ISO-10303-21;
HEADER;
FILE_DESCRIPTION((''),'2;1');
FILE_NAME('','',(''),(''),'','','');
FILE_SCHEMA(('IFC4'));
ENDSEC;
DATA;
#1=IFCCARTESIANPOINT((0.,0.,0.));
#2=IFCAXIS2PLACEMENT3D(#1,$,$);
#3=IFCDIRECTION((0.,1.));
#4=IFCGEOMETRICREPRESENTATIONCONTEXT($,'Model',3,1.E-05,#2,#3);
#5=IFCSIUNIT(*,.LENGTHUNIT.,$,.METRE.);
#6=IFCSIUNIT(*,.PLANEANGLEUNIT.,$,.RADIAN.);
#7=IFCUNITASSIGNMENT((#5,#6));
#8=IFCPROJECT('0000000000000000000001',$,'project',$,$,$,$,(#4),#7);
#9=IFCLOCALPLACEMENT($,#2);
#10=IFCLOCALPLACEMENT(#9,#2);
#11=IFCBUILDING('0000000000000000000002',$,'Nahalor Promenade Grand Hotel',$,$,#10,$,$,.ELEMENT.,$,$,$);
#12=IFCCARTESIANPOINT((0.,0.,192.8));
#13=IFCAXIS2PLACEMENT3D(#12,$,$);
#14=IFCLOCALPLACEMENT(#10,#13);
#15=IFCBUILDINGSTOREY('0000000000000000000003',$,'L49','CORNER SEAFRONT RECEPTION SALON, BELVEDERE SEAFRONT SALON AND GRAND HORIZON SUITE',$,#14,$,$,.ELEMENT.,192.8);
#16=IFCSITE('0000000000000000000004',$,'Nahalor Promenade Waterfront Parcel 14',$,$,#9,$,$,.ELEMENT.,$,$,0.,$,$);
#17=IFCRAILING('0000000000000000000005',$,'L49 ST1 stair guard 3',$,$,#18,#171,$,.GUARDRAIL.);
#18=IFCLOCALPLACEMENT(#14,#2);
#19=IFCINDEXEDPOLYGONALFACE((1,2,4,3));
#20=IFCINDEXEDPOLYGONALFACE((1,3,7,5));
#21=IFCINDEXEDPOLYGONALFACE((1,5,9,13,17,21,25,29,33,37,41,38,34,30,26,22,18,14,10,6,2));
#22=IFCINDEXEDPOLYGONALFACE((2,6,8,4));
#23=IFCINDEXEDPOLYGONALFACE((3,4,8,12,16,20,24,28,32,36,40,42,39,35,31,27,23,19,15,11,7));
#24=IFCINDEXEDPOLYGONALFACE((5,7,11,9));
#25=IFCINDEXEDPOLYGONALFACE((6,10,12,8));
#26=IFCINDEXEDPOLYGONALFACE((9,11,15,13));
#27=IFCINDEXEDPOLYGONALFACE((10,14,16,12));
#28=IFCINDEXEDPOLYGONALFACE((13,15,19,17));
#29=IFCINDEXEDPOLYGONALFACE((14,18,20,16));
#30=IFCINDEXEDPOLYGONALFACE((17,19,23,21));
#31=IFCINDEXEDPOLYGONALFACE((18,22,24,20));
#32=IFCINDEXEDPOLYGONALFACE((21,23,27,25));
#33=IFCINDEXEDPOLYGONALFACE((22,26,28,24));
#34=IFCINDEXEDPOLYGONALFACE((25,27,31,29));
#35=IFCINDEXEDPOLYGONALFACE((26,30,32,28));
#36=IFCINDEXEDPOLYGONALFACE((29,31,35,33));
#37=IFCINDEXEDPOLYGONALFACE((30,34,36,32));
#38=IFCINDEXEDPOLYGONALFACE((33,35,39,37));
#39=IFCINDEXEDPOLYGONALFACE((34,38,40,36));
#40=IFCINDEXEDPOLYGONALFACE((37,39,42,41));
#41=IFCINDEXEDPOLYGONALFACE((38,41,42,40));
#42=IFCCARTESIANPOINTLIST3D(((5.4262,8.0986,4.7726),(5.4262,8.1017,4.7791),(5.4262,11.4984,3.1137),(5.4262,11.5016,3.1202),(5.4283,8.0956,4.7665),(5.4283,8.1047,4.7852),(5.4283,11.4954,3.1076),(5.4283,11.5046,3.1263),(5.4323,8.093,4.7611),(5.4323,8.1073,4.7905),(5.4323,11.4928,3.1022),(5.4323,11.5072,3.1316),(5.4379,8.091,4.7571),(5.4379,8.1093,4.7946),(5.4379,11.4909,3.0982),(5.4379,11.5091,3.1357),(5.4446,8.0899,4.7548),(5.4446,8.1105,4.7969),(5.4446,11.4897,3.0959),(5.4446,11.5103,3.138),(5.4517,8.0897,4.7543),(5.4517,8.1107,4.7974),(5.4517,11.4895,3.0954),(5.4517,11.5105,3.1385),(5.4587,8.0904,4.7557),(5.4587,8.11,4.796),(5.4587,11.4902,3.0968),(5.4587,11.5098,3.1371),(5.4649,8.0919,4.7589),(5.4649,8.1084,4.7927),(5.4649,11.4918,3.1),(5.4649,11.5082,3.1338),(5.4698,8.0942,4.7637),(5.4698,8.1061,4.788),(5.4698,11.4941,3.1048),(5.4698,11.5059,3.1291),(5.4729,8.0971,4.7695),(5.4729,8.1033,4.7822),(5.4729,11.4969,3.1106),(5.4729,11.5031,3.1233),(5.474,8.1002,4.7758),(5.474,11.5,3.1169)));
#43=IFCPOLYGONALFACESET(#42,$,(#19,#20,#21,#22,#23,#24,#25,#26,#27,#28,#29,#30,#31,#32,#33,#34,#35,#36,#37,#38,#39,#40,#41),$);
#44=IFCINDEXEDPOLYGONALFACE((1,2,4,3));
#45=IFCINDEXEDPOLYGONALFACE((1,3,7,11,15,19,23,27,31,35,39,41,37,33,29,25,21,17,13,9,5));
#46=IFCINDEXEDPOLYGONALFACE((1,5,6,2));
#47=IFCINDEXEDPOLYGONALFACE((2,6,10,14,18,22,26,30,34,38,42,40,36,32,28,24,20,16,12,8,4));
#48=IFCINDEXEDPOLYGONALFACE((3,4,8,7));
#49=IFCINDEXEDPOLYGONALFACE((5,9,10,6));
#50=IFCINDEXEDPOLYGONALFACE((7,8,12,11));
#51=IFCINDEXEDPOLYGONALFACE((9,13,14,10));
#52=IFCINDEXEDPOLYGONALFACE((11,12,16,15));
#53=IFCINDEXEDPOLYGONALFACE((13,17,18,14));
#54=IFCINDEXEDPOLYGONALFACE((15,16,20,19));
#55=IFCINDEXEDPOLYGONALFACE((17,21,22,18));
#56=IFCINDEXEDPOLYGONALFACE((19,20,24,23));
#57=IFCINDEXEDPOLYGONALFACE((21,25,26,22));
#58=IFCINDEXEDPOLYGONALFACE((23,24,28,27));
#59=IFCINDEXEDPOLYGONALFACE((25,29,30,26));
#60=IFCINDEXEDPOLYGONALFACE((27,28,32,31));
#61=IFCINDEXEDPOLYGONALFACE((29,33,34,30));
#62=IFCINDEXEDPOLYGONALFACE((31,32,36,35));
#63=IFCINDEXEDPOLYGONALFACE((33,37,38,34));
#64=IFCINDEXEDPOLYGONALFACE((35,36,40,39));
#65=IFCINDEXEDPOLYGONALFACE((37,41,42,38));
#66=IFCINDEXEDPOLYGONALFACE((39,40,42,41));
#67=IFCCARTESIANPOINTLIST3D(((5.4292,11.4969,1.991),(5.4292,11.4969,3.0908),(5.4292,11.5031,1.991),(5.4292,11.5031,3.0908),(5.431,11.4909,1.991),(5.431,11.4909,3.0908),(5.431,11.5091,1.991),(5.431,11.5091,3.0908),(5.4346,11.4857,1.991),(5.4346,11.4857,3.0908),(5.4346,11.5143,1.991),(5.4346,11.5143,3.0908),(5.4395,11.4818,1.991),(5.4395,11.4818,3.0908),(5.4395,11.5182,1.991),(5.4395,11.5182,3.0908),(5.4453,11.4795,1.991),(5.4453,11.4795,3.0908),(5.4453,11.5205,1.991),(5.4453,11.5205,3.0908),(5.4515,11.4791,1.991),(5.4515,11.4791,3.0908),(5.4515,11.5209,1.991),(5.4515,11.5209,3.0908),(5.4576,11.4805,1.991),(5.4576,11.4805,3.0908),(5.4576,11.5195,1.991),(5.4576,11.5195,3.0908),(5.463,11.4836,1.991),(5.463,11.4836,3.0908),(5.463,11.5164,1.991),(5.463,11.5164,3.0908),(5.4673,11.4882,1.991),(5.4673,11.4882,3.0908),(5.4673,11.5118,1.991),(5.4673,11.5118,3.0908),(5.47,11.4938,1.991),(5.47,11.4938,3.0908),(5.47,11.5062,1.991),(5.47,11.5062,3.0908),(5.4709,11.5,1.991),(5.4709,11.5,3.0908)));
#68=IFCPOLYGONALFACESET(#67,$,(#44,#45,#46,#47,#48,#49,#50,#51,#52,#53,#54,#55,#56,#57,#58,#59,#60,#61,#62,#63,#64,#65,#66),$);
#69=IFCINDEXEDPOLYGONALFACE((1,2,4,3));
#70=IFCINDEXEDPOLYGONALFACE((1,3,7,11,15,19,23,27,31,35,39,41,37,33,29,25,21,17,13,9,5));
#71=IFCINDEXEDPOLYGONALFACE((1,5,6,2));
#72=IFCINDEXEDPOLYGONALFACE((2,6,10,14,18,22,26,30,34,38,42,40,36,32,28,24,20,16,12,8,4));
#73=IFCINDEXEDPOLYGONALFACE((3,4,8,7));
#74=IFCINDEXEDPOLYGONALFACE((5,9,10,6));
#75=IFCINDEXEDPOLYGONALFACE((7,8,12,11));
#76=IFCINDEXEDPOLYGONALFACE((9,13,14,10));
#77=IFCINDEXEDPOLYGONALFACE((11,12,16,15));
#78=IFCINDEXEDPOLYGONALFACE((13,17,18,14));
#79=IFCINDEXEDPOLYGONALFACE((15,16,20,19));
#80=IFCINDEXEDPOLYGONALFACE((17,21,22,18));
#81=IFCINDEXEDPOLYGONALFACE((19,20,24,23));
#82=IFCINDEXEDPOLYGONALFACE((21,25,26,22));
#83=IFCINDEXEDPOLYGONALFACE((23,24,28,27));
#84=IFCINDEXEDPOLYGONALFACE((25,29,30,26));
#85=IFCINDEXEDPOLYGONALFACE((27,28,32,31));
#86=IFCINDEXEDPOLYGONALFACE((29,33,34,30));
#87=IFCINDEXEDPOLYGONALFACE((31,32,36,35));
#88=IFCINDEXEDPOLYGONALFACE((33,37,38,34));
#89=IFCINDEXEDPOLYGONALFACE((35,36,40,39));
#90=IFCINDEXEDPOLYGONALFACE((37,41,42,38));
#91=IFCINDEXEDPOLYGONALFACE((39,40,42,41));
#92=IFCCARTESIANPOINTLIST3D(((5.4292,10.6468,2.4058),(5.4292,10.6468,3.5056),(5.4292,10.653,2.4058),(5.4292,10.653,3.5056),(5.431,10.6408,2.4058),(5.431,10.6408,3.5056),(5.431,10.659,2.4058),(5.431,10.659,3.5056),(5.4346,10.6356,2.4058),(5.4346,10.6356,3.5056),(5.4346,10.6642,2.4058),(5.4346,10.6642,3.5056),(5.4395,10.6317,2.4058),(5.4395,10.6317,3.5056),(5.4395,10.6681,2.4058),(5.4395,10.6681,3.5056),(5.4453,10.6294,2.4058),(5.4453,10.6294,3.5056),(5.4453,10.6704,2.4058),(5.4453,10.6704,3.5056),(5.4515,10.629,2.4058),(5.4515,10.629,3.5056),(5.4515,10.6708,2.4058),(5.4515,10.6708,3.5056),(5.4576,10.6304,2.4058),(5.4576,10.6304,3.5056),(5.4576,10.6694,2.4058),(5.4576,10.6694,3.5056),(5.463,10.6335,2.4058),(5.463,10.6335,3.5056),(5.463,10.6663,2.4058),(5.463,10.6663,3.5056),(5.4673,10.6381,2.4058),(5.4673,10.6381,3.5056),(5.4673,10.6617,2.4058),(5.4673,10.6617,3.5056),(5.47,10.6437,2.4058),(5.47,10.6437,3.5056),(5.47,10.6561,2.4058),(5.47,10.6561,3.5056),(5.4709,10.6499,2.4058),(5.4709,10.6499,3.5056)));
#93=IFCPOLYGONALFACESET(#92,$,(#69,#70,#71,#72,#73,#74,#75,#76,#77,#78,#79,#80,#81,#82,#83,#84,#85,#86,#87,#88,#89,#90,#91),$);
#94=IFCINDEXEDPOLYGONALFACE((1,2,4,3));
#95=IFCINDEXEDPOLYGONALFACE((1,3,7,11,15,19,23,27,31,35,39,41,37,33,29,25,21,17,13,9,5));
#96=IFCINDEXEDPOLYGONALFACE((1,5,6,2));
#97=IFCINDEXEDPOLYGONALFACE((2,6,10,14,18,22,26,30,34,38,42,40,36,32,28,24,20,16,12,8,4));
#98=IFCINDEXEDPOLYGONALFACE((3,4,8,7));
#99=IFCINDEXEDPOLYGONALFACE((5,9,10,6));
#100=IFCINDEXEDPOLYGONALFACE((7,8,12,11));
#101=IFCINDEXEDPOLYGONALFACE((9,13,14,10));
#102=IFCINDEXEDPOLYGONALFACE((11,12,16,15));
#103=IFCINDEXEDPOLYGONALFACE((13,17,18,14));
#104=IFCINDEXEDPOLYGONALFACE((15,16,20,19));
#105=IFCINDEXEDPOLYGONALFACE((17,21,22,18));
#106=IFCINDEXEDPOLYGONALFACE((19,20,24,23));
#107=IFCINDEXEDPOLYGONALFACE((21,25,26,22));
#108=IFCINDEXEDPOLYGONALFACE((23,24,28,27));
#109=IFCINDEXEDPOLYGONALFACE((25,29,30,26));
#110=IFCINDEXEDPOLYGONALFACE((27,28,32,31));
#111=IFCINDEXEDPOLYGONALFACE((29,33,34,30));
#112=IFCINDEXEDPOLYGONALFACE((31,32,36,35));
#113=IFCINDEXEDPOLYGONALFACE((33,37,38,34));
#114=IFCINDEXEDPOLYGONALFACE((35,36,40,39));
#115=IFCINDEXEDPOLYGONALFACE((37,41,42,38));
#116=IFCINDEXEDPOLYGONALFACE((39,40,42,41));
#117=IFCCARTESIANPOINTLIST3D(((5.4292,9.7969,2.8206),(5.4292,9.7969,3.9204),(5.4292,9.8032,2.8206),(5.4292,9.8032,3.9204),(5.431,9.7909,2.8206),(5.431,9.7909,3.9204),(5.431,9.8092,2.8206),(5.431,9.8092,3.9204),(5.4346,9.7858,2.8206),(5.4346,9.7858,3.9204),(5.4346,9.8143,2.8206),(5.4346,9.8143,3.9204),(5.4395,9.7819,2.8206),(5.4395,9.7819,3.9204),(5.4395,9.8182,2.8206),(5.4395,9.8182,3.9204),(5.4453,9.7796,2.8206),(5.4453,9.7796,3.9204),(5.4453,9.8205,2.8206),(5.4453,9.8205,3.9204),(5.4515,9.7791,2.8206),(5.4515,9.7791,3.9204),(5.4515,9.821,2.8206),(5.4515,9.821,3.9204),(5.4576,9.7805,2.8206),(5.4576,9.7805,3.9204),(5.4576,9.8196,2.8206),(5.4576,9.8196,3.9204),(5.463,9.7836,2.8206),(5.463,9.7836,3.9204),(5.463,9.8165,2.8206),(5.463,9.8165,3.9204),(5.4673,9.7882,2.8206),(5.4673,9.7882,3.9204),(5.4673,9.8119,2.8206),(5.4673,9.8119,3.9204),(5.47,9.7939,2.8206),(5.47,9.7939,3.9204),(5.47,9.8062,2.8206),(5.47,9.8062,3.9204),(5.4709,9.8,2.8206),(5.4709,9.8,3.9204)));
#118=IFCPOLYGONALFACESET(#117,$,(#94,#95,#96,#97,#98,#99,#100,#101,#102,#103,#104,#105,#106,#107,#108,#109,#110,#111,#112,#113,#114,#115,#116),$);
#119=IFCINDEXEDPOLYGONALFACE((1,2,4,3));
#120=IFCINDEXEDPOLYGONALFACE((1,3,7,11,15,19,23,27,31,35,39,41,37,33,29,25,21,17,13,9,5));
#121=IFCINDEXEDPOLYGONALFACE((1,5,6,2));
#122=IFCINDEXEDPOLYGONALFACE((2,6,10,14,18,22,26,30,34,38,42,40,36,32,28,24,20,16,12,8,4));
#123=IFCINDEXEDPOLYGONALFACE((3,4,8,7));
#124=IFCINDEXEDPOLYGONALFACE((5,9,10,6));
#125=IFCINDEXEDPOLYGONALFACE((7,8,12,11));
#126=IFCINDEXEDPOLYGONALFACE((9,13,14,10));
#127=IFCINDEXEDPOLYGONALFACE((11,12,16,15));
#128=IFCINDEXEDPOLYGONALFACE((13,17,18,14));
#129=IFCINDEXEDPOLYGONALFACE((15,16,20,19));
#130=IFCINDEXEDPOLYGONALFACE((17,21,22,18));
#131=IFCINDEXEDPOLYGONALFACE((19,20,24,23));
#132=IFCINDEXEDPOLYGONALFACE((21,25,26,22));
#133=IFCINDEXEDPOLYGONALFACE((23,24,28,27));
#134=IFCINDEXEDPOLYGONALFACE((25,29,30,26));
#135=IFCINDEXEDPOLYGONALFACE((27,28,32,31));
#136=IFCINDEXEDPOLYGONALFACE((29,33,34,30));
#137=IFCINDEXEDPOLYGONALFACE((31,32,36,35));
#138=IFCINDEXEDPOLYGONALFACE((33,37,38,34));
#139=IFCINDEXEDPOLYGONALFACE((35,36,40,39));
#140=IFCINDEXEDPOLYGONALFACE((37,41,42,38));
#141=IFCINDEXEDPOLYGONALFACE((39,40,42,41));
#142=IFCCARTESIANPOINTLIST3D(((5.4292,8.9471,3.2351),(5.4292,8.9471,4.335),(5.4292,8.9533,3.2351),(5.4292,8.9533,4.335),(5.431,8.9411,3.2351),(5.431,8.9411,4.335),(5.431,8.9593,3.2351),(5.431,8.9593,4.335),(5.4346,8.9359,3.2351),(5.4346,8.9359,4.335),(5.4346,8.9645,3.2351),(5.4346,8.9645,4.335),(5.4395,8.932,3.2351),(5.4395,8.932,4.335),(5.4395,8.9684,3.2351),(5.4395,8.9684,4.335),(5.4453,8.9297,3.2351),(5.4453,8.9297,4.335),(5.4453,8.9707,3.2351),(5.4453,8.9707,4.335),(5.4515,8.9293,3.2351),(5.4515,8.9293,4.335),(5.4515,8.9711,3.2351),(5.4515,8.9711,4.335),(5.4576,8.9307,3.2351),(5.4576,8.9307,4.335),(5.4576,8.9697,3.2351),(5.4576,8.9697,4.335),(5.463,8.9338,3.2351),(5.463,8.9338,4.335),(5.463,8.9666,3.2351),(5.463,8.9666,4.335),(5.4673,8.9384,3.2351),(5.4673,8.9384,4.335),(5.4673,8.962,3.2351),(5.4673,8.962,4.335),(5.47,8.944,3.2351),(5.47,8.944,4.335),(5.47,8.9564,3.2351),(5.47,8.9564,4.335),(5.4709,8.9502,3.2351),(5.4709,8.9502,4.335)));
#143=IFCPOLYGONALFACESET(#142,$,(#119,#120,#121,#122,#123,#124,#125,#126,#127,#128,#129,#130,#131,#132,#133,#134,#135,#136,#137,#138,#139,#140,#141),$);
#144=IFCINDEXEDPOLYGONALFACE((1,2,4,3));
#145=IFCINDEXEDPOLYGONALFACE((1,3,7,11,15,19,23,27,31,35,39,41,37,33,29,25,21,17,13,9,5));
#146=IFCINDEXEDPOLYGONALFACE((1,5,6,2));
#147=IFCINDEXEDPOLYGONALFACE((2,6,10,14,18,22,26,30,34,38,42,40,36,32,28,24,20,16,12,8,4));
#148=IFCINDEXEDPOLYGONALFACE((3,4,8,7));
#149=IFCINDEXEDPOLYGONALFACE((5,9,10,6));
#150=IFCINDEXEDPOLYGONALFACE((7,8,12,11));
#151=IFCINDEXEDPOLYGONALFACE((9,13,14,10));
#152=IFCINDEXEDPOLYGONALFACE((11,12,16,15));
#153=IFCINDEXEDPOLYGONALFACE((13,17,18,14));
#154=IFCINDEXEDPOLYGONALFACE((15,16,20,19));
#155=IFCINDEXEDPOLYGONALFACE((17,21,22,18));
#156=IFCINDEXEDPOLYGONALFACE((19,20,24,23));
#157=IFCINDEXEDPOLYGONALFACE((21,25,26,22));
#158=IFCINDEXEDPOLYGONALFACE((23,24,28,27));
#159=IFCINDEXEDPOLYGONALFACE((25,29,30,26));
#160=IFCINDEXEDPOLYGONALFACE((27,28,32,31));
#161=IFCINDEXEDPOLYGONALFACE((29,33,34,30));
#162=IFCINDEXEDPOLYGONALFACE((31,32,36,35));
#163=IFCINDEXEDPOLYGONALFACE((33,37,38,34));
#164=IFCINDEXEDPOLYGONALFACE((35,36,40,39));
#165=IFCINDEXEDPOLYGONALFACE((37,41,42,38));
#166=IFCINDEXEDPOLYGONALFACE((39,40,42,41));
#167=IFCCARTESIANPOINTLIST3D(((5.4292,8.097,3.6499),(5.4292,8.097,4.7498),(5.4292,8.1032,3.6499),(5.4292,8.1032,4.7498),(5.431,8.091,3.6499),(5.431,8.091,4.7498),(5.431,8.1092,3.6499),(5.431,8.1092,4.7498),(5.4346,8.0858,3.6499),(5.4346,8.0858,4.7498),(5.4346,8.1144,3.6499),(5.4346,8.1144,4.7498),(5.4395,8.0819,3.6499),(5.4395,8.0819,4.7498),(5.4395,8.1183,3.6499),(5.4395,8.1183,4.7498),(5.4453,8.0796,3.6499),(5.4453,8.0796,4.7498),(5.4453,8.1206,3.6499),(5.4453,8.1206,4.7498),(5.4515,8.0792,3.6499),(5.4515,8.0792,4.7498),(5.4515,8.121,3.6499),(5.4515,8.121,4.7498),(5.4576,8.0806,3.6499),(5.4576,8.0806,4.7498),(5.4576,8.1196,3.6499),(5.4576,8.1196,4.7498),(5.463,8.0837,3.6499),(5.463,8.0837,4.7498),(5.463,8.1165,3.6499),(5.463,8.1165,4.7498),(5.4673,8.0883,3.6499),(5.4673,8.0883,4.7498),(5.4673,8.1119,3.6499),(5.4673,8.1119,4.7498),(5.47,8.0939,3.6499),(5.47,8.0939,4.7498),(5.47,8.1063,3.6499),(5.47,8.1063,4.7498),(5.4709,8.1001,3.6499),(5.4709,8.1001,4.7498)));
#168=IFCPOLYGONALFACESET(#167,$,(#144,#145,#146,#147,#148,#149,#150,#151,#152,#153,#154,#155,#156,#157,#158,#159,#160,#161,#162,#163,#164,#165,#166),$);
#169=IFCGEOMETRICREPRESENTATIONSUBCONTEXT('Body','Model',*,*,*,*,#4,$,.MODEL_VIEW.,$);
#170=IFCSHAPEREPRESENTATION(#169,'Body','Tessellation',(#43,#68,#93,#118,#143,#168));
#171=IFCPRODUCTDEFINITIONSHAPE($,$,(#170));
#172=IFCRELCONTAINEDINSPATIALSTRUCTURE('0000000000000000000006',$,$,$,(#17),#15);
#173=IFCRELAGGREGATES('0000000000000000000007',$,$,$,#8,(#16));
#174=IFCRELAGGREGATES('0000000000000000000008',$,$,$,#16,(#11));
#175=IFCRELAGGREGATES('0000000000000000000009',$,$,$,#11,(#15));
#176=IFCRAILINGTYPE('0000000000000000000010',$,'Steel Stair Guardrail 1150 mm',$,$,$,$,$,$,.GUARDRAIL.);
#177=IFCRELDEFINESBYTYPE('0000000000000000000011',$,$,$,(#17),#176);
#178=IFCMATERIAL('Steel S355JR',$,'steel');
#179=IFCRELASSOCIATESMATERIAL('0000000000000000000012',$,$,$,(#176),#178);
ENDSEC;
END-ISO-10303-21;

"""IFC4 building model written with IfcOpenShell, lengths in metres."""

from ifc_helpers import new_model, si_unit, direction, frame, origin, origin_2d, place, context, subcontext, project, spatial, circle, extrude, material, type_object, element, save


model = new_model("IFC4")

# Units and contexts
model_context = context("Model", 3, precision=1e-05, world=origin(), true_north=direction((0.0, 1.0)))
body_context = subcontext(model_context, "Body", "Model", "MODEL_VIEW")
ifc_project = project(units=[si_unit("LENGTHUNIT", "METRE"), si_unit("PLANEANGLEUNIT", "RADIAN")], contexts=[model_context])

# Site, building, storey
site_placement = place(None, origin())
site = spatial("IfcSite", under=ifc_project, at=site_placement, Name="Nahalor Promenade Waterfront Parcel 14", CompositionType="ELEMENT", RefElevation=0.0)
building_placement = place(site_placement, origin())
building = spatial("IfcBuilding", under=site, at=building_placement, Name="Nahalor Promenade Grand Hotel", CompositionType="ELEMENT")
storey_placement = place(building_placement, frame((0.0, 0.0, 192.8)))
storey = spatial("IfcBuildingStorey", under=building, at=storey_placement, Name="L49", Description="CORNER SEAFRONT RECEPTION SALON, BELVEDERE SEAFRONT SALON AND GRAND HORIZON SUITE", CompositionType="ELEMENT", Elevation=192.8)

# Shared definitions
ifc_material_1 = material(Name="Steel S355JR", Category="steel")

# Railing
railing_type = type_object("IfcRailingType", Name="Steel Stair Guardrail 1150 mm", PredefinedType="GUARDRAIL", material=ifc_material_1)
railing_1_placement = place(storey_placement, frame((5.45, 11.5, 1.991)))
element("IfcRailing", 1, at=railing_1_placement, inside=storey, type_object=railing_type, Name="L49 ST1 stair guard 3", PredefinedType="GUARDRAIL", context=body_context, shape_type="SweptSolid", body=[
    extrude(circle(Radius=0.024, at=origin_2d()), frame((0.0, 0.0, 1.126), z_axis=(0.0, -0.898722, 0.438519), x_axis=(1.0, 0.0, 0.0)), (0.0, 0.0, 1.0), 3.783),
    extrude(circle(Radius=0.021, at=origin_2d()), origin(), (0.0, 0.0, 1.0), 1.0999),
    extrude(circle(Radius=0.021, at=origin_2d()), frame((0.0, -0.8501, 0.4148)), (0.0, 0.0, 1.0), 1.0999),
    extrude(circle(Radius=0.021, at=origin_2d()), frame((0.0, -1.7, 0.8296)), (0.0, 0.0, 1.0), 1.0999),
    extrude(circle(Radius=0.021, at=origin_2d()), frame((0.0, -2.5498, 1.2441)), (0.0, 0.0, 1.0), 1.0999),
    extrude(circle(Radius=0.021, at=origin_2d()), frame((0.0, -3.3999, 1.6589)), (0.0, 0.0, 1.0), 1.0999),
])

save(model, "model.ifc")
